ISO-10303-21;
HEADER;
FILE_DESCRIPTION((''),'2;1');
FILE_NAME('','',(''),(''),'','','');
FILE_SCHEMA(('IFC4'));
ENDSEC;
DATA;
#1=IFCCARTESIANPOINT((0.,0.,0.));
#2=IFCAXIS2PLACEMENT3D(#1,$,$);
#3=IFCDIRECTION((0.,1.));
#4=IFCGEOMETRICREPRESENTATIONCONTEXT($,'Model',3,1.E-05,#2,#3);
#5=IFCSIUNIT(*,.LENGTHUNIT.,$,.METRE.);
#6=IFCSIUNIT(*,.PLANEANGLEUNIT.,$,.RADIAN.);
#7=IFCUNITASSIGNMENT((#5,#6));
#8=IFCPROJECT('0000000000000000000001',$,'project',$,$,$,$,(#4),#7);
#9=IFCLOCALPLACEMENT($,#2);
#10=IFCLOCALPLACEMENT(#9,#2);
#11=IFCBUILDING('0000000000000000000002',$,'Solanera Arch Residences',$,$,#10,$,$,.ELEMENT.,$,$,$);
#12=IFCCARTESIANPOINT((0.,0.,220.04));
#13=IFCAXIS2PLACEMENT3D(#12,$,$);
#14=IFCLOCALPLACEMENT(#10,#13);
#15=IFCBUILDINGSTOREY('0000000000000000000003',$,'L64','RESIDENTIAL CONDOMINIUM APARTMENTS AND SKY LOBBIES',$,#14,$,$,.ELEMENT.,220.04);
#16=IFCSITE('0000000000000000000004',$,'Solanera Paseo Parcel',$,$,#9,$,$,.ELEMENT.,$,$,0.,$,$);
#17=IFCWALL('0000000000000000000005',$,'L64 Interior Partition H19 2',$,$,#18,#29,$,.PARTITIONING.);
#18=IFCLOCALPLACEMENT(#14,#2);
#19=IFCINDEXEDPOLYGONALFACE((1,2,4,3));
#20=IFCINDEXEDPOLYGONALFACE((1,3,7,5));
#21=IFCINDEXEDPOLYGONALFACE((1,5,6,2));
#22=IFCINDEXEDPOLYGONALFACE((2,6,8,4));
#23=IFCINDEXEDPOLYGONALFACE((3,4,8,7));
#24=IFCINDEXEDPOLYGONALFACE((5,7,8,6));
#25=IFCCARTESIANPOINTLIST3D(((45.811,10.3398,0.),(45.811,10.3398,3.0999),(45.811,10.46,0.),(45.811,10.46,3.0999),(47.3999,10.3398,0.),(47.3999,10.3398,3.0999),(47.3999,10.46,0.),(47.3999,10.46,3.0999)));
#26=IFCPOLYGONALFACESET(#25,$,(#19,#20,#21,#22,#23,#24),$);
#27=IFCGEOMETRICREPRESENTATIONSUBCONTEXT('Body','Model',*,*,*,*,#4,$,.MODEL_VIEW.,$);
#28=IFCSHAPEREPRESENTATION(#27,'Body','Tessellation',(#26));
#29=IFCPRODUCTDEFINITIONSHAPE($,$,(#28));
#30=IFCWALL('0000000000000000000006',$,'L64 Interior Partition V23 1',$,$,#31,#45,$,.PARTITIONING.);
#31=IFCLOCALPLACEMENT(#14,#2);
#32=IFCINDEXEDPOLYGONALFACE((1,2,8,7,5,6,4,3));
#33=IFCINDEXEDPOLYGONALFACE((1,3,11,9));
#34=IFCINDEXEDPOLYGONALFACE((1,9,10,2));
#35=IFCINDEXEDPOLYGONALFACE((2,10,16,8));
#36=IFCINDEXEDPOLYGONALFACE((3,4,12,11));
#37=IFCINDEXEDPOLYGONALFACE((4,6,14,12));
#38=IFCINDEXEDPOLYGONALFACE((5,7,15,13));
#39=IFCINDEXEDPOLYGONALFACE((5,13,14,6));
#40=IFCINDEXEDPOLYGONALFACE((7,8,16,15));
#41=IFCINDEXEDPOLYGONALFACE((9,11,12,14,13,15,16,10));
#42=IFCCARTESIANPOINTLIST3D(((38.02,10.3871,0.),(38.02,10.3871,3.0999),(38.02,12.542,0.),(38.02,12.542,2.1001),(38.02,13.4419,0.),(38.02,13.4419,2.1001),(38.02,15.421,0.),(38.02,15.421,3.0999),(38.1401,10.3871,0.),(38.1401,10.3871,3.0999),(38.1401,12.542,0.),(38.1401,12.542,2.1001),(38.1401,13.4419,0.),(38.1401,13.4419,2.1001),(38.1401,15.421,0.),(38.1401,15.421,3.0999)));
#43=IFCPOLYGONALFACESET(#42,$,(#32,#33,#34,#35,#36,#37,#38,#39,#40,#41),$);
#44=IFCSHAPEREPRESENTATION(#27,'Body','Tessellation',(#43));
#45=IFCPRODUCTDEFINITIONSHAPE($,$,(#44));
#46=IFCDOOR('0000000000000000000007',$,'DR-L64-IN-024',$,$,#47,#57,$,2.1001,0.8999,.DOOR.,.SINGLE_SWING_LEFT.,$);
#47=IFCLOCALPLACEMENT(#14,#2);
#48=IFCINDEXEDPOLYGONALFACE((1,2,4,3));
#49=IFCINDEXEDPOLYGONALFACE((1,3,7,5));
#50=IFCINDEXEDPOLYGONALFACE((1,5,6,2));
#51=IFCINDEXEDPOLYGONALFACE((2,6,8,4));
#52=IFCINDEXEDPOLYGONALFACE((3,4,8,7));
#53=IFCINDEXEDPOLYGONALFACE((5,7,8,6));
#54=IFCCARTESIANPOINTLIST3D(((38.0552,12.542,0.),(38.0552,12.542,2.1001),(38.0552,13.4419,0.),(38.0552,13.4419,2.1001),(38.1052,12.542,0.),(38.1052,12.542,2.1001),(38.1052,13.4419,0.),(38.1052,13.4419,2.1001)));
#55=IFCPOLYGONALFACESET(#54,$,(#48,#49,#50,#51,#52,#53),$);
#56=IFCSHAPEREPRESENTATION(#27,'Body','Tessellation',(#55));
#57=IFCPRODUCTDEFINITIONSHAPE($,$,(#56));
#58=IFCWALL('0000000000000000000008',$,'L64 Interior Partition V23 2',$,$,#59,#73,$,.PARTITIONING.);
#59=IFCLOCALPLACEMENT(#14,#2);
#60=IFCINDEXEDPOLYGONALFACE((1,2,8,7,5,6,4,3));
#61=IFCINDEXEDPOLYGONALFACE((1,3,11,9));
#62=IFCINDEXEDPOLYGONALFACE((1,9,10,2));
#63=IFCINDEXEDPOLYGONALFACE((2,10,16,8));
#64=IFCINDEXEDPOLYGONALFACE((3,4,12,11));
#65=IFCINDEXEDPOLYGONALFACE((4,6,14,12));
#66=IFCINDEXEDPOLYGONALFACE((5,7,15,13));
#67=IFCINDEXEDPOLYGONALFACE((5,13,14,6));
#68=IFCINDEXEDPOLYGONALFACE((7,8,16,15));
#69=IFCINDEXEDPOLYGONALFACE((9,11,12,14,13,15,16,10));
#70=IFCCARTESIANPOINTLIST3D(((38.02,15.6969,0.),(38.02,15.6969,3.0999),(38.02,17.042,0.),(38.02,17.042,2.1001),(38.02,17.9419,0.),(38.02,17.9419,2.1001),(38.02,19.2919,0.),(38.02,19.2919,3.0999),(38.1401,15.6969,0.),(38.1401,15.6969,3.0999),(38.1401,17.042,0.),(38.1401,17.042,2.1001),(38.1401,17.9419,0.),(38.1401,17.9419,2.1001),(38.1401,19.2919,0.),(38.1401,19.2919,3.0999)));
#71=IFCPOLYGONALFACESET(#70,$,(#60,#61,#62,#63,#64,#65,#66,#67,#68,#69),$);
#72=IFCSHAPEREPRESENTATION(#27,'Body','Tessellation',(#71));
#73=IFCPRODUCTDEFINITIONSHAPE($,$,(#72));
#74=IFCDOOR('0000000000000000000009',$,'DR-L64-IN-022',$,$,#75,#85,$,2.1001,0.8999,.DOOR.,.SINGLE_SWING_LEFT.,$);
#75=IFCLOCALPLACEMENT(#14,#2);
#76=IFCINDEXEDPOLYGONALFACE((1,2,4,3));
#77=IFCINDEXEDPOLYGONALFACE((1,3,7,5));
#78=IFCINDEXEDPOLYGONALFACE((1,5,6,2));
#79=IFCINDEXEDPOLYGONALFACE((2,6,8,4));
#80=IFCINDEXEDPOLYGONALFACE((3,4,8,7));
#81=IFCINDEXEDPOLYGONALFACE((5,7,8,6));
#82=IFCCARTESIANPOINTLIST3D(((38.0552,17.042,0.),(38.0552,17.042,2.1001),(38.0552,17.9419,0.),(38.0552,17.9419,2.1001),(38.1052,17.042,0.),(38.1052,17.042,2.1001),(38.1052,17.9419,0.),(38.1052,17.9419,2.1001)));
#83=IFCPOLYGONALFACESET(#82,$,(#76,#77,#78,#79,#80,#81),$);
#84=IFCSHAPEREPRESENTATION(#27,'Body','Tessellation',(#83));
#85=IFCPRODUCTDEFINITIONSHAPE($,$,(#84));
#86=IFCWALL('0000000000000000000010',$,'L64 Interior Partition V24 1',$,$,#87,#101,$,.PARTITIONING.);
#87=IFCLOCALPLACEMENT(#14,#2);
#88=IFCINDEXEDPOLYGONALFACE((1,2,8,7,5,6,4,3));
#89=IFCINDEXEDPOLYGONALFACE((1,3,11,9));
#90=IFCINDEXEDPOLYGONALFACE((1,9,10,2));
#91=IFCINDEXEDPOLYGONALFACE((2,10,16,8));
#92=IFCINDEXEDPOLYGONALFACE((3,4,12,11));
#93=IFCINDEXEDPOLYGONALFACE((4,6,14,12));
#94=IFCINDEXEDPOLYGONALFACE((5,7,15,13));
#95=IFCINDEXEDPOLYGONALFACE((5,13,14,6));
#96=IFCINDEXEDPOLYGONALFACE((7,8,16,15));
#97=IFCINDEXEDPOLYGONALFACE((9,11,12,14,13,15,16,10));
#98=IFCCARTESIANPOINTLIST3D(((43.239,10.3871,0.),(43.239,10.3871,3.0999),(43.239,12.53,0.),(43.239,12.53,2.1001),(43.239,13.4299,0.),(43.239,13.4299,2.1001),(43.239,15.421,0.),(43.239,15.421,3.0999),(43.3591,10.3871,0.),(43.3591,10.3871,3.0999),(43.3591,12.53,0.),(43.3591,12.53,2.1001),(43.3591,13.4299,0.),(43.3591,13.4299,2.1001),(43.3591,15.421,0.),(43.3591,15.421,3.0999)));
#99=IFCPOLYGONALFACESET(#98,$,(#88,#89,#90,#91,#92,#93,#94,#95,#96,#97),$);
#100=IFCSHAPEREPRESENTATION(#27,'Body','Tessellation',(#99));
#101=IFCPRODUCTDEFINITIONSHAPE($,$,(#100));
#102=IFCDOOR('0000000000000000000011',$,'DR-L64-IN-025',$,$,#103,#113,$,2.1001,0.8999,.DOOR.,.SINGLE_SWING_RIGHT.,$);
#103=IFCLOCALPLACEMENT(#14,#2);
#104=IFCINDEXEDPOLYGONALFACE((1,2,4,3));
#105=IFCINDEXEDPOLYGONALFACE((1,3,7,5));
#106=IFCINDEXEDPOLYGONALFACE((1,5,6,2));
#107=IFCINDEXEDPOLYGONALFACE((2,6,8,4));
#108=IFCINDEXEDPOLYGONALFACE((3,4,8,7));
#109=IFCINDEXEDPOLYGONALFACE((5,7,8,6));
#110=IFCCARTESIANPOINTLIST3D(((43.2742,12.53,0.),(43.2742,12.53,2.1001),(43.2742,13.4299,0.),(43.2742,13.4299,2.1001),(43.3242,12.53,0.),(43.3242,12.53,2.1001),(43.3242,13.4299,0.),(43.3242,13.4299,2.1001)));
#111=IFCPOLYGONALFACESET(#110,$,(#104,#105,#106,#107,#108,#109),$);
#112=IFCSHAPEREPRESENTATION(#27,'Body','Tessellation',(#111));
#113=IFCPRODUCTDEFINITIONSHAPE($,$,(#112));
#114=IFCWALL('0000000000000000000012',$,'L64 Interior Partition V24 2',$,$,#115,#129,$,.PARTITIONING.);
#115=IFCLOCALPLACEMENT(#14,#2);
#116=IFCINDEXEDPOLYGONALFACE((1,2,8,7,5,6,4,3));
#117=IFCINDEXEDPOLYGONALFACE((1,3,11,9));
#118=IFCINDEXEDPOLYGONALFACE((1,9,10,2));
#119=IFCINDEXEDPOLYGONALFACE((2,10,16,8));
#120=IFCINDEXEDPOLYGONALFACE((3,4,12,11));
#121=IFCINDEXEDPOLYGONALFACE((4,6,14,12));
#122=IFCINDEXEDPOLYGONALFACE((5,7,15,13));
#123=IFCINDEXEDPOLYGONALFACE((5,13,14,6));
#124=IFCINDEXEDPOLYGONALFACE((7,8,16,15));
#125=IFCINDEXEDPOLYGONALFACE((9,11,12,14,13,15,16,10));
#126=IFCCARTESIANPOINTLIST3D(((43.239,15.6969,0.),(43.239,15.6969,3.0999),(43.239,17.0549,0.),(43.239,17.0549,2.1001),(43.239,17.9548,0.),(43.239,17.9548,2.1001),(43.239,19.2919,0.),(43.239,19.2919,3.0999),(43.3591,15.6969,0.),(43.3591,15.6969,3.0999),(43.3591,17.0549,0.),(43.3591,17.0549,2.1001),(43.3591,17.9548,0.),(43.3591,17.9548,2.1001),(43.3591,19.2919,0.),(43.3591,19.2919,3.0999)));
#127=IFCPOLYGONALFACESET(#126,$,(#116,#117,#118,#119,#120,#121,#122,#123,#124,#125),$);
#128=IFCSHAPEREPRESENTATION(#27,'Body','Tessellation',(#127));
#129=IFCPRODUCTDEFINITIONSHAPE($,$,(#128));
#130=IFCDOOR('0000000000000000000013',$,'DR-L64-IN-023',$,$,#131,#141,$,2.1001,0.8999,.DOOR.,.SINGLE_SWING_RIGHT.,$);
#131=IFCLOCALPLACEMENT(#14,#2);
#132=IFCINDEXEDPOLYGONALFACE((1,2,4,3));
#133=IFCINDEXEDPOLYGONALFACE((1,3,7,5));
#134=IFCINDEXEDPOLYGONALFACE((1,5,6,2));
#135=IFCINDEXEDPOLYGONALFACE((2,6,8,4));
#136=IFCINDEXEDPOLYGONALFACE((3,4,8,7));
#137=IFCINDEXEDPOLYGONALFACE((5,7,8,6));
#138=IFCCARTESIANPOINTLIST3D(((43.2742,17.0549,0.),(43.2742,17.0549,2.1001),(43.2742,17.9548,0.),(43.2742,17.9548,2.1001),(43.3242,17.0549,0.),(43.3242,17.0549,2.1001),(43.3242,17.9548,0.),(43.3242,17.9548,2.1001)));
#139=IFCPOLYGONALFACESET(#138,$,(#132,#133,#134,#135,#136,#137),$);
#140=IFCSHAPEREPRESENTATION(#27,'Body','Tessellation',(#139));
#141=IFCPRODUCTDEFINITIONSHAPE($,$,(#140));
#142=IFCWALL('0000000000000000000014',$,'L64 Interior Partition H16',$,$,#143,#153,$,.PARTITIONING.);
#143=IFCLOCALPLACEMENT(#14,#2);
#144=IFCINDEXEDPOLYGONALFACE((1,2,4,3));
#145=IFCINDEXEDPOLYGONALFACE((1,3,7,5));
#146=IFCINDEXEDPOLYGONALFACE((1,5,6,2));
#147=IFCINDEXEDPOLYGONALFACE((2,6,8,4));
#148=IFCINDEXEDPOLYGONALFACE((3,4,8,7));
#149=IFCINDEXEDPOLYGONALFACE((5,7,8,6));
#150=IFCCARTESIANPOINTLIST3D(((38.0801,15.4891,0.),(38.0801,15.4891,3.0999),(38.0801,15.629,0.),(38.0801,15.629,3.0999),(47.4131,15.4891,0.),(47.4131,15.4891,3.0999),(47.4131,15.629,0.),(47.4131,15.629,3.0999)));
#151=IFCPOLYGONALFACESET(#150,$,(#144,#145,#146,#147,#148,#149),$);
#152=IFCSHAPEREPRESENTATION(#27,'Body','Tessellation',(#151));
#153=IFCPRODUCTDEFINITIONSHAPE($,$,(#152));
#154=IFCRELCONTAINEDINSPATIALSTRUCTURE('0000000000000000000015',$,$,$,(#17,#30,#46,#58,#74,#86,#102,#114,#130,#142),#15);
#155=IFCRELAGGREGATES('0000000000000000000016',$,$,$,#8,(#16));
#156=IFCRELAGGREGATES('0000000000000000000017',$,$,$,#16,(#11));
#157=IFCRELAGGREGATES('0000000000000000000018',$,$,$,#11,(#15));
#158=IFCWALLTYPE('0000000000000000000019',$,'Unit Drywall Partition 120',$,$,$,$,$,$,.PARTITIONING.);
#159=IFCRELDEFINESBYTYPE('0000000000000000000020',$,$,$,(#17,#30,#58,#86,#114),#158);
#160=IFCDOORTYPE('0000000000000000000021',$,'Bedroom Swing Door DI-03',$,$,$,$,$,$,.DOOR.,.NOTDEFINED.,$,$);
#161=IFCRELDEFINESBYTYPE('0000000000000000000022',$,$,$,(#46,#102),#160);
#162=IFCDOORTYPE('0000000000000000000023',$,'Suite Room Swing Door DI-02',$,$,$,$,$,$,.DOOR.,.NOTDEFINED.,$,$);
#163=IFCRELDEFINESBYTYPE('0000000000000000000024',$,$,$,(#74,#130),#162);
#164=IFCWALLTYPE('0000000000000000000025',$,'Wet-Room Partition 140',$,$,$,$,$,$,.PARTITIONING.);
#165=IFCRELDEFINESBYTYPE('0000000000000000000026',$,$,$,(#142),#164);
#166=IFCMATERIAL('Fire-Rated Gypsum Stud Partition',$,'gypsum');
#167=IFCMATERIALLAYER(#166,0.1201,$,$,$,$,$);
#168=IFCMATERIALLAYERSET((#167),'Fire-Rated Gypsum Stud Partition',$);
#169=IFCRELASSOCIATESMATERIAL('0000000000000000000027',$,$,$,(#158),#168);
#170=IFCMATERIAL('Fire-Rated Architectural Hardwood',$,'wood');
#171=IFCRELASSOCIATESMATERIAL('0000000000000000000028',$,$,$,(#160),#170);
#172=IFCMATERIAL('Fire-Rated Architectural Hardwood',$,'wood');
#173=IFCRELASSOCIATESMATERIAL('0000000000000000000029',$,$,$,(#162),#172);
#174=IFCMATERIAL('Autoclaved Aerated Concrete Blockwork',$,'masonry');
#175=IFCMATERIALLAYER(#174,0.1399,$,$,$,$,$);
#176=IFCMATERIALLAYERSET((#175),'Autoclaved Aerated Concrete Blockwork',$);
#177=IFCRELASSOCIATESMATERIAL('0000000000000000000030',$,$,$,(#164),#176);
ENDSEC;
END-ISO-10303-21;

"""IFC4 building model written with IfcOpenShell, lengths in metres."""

from ifc_helpers import new_model, si_unit, direction, frame, frame_2d, origin, place, context, subcontext, project, spatial, rectangle, extrude, material, layer, layer_set, type_object, element, fill, save


model = new_model("IFC4")

# Units and contexts
model_context = context("Model", 3, precision=1e-05, world=origin(), true_north=direction((0.0, 1.0)))
body_context = subcontext(model_context, "Body", "Model", "MODEL_VIEW")
ifc_project = project(units=[si_unit("LENGTHUNIT", "METRE"), si_unit("PLANEANGLEUNIT", "RADIAN")], contexts=[model_context])

# Site, building, storey
site_placement = place(None, origin())
site = spatial("IfcSite", under=ifc_project, at=site_placement, Name="Solanera Paseo Parcel", CompositionType="ELEMENT", RefElevation=0.0)
building_placement = place(site_placement, origin())
building = spatial("IfcBuilding", under=site, at=building_placement, Name="Solanera Arch Residences", CompositionType="ELEMENT")
storey_placement = place(building_placement, frame((0.0, 0.0, 220.04)))
storey = spatial("IfcBuildingStorey", under=building, at=storey_placement, Name="L64", Description="RESIDENTIAL CONDOMINIUM APARTMENTS AND SKY LOBBIES", CompositionType="ELEMENT", Elevation=220.04)

# Wall
ifc_material_1 = material(Name="Fire-Rated Gypsum Stud Partition", Category="gypsum")
ifc_layer_1 = layer(ifc_material_1, 0.1201)
ifc_layer_set_1 = layer_set([ifc_layer_1], Name="Fire-Rated Gypsum Stud Partition")
wall_type_1 = type_object("IfcWallType", Name="Unit Drywall Partition 120", PredefinedType="PARTITIONING", material=ifc_layer_set_1)
wall_1_placement = place(storey_placement, frame((45.811, 10.3999, 0.0), z_axis=(0.0, 0.0, 1.0), x_axis=(1.0, 0.0, 0.0)))
element("IfcWall", 1, at=wall_1_placement, inside=storey, type_object=wall_type_1, Name="L64 Interior Partition H19 2", PredefinedType="PARTITIONING", context=body_context, shape_type="SweptSolid", body=[
    extrude(rectangle(XDim=1.5889, YDim=0.1201, at=frame_2d((0.7944, 0.0))), origin(), (0.0, 0.0, 1.0), 3.0999),
])

# Walls, openings, doors
wall_2_placement = place(storey_placement, frame((38.0801, 10.387, 0.0), z_axis=(0.0, 0.0, 1.0), x_axis=(0.0, 1.0, 0.0)))
wall_2 = element("IfcWall", 2, at=wall_2_placement, inside=storey, type_object=wall_type_1, Name="L64 Interior Partition V23 1", PredefinedType="PARTITIONING", context=body_context, shape_type="SweptSolid", body=[
    extrude(rectangle(XDim=5.0339, YDim=0.1201, at=frame_2d((2.5171, 0.0))), origin(), (0.0, 0.0, 1.0), 3.0999),
])
opening_1_placement = place(wall_2_placement, frame((2.155, 0.0, 0.0)))
opening_1 = element("IfcOpeningElement", 3, at=opening_1_placement, cuts=wall_2, PredefinedType="OPENING", context=body_context, shape_type="SweptSolid", body=[
    extrude(rectangle(XDim=0.8999, YDim=2.1001, at=frame_2d((0.45, 1.05))), frame((0.0, 0.0701, 0.0), z_axis=(0.0, -1.0, 0.0), x_axis=(1.0, 0.0, 0.0)), (0.0, 0.0, 1.0), 0.1401),
])
ifc_material_2 = material(Name="Fire-Rated Architectural Hardwood", Category="wood")
door_type_1 = type_object("IfcDoorType", Name="Bedroom Swing Door DI-03", OperationType="NOTDEFINED", PredefinedType="DOOR", material=ifc_material_2)
door_1_placement = place(opening_1_placement, origin())
door_1 = element("IfcDoor", 4, at=door_1_placement, inside=storey, type_object=door_type_1, Name="DR-L64-IN-024", OperationType="SINGLE_SWING_LEFT", OverallHeight=2.1001, OverallWidth=0.8999, PredefinedType="DOOR", context=body_context, shape_type="SweptSolid", body=[
    extrude(rectangle(XDim=0.8999, YDim=2.1001, at=frame_2d((0.45, 1.05))), frame((0.0, 0.0249, 0.0), z_axis=(0.0, -1.0, 0.0), x_axis=(1.0, 0.0, 0.0)), (0.0, 0.0, 1.0), 0.05),
])
fill(opening_1, door_1)
wall_3_placement = place(storey_placement, frame((38.0801, 15.697, 0.0), z_axis=(0.0, 0.0, 1.0), x_axis=(0.0, 1.0, 0.0)))
wall_3 = element("IfcWall", 5, at=wall_3_placement, inside=storey, type_object=wall_type_1, Name="L64 Interior Partition V23 2", PredefinedType="PARTITIONING", context=body_context, shape_type="SweptSolid", body=[
    extrude(rectangle(XDim=3.595, YDim=0.1201, at=frame_2d((1.7974, 0.0))), origin(), (0.0, 0.0, 1.0), 3.0999),
])
opening_2_placement = place(wall_3_placement, frame((1.345, 0.0, 0.0)))
opening_2 = element("IfcOpeningElement", 6, at=opening_2_placement, cuts=wall_3, PredefinedType="OPENING", context=body_context, shape_type="SweptSolid", body=[
    extrude(rectangle(XDim=0.8999, YDim=2.1001, at=frame_2d((0.45, 1.05))), frame((0.0, 0.0701, 0.0), z_axis=(0.0, -1.0, 0.0), x_axis=(1.0, 0.0, 0.0)), (0.0, 0.0, 1.0), 0.1401),
])
ifc_material_3 = material(Name="Fire-Rated Architectural Hardwood", Category="wood")
door_type_2 = type_object("IfcDoorType", Name="Suite Room Swing Door DI-02", OperationType="NOTDEFINED", PredefinedType="DOOR", material=ifc_material_3)
door_2_placement = place(opening_2_placement, origin())
door_2 = element("IfcDoor", 7, at=door_2_placement, inside=storey, type_object=door_type_2, Name="DR-L64-IN-022", OperationType="SINGLE_SWING_LEFT", OverallHeight=2.1001, OverallWidth=0.8999, PredefinedType="DOOR", context=body_context, shape_type="SweptSolid", body=[
    extrude(rectangle(XDim=0.8999, YDim=2.1001, at=frame_2d((0.45, 1.05))), frame((0.0, 0.0249, 0.0), z_axis=(0.0, -1.0, 0.0), x_axis=(1.0, 0.0, 0.0)), (0.0, 0.0, 1.0), 0.05),
])
fill(opening_2, door_2)
wall_4_placement = place(storey_placement, frame((43.2991, 10.387, 0.0), z_axis=(0.0, 0.0, 1.0), x_axis=(0.0, 1.0, 0.0)))
wall_4 = element("IfcWall", 8, at=wall_4_placement, inside=storey, type_object=wall_type_1, Name="L64 Interior Partition V24 1", PredefinedType="PARTITIONING", context=body_context, shape_type="SweptSolid", body=[
    extrude(rectangle(XDim=5.0339, YDim=0.1201, at=frame_2d((2.5171, 0.0))), origin(), (0.0, 0.0, 1.0), 3.0999),
])
opening_3_placement = place(wall_4_placement, frame((2.1431, 0.0, 0.0)))
opening_3 = element("IfcOpeningElement", 9, at=opening_3_placement, cuts=wall_4, PredefinedType="OPENING", context=body_context, shape_type="SweptSolid", body=[
    extrude(rectangle(XDim=0.8999, YDim=2.1001, at=frame_2d((0.45, 1.05))), frame((0.0, 0.0701, 0.0), z_axis=(0.0, -1.0, 0.0), x_axis=(1.0, 0.0, 0.0)), (0.0, 0.0, 1.0), 0.1401),
])
door_3_placement = place(opening_3_placement, origin())
door_3 = element("IfcDoor", 10, at=door_3_placement, inside=storey, type_object=door_type_1, Name="DR-L64-IN-025", OperationType="SINGLE_SWING_RIGHT", OverallHeight=2.1001, OverallWidth=0.8999, PredefinedType="DOOR", context=body_context, shape_type="SweptSolid", body=[
    extrude(rectangle(XDim=0.8999, YDim=2.1001, at=frame_2d((0.45, 1.05))), frame((0.0, 0.0249, 0.0), z_axis=(0.0, -1.0, 0.0), x_axis=(1.0, 0.0, 0.0)), (0.0, 0.0, 1.0), 0.05),
])
fill(opening_3, door_3)
wall_5_placement = place(storey_placement, frame((43.2991, 15.697, 0.0), z_axis=(0.0, 0.0, 1.0), x_axis=(0.0, 1.0, 0.0)))
wall_5 = element("IfcWall", 11, at=wall_5_placement, inside=storey, type_object=wall_type_1, Name="L64 Interior Partition V24 2", PredefinedType="PARTITIONING", context=body_context, shape_type="SweptSolid", body=[
    extrude(rectangle(XDim=3.595, YDim=0.1201, at=frame_2d((1.7974, 0.0))), origin(), (0.0, 0.0, 1.0), 3.0999),
])
opening_4_placement = place(wall_5_placement, frame((1.3579, 0.0, 0.0)))
opening_4 = element("IfcOpeningElement", 12, at=opening_4_placement, cuts=wall_5, PredefinedType="OPENING", context=body_context, shape_type="SweptSolid", body=[
    extrude(rectangle(XDim=0.8999, YDim=2.1001, at=frame_2d((0.45, 1.05))), frame((0.0, 0.0701, 0.0), z_axis=(0.0, -1.0, 0.0), x_axis=(1.0, 0.0, 0.0)), (0.0, 0.0, 1.0), 0.1401),
])
door_4_placement = place(opening_4_placement, origin())
door_4 = element("IfcDoor", 13, at=door_4_placement, inside=storey, type_object=door_type_2, Name="DR-L64-IN-023", OperationType="SINGLE_SWING_RIGHT", OverallHeight=2.1001, OverallWidth=0.8999, PredefinedType="DOOR", context=body_context, shape_type="SweptSolid", body=[
    extrude(rectangle(XDim=0.8999, YDim=2.1001, at=frame_2d((0.45, 1.05))), frame((0.0, 0.0249, 0.0), z_axis=(0.0, -1.0, 0.0), x_axis=(1.0, 0.0, 0.0)), (0.0, 0.0, 1.0), 0.05),
])
fill(opening_4, door_4)

# Wall
ifc_material_4 = material(Name="Autoclaved Aerated Concrete Blockwork", Category="masonry")
ifc_layer_2 = layer(ifc_material_4, 0.1399)
ifc_layer_set_2 = layer_set([ifc_layer_2], Name="Autoclaved Aerated Concrete Blockwork")
wall_type_2 = type_object("IfcWallType", Name="Wet-Room Partition 140", PredefinedType="PARTITIONING", material=ifc_layer_set_2)
wall_6_placement = place(storey_placement, frame((38.0801, 15.5591, 0.0), z_axis=(0.0, 0.0, 1.0), x_axis=(1.0, 0.0, 0.0)))
element("IfcWall", 14, at=wall_6_placement, inside=storey, type_object=wall_type_2, Name="L64 Interior Partition H16", PredefinedType="PARTITIONING", context=body_context, shape_type="SweptSolid", body=[
    extrude(rectangle(XDim=9.333, YDim=0.1399, at=frame_2d((4.6665, 0.0))), origin(), (0.0, 0.0, 1.0), 3.0999),
])

save(model, "model.ifc")
